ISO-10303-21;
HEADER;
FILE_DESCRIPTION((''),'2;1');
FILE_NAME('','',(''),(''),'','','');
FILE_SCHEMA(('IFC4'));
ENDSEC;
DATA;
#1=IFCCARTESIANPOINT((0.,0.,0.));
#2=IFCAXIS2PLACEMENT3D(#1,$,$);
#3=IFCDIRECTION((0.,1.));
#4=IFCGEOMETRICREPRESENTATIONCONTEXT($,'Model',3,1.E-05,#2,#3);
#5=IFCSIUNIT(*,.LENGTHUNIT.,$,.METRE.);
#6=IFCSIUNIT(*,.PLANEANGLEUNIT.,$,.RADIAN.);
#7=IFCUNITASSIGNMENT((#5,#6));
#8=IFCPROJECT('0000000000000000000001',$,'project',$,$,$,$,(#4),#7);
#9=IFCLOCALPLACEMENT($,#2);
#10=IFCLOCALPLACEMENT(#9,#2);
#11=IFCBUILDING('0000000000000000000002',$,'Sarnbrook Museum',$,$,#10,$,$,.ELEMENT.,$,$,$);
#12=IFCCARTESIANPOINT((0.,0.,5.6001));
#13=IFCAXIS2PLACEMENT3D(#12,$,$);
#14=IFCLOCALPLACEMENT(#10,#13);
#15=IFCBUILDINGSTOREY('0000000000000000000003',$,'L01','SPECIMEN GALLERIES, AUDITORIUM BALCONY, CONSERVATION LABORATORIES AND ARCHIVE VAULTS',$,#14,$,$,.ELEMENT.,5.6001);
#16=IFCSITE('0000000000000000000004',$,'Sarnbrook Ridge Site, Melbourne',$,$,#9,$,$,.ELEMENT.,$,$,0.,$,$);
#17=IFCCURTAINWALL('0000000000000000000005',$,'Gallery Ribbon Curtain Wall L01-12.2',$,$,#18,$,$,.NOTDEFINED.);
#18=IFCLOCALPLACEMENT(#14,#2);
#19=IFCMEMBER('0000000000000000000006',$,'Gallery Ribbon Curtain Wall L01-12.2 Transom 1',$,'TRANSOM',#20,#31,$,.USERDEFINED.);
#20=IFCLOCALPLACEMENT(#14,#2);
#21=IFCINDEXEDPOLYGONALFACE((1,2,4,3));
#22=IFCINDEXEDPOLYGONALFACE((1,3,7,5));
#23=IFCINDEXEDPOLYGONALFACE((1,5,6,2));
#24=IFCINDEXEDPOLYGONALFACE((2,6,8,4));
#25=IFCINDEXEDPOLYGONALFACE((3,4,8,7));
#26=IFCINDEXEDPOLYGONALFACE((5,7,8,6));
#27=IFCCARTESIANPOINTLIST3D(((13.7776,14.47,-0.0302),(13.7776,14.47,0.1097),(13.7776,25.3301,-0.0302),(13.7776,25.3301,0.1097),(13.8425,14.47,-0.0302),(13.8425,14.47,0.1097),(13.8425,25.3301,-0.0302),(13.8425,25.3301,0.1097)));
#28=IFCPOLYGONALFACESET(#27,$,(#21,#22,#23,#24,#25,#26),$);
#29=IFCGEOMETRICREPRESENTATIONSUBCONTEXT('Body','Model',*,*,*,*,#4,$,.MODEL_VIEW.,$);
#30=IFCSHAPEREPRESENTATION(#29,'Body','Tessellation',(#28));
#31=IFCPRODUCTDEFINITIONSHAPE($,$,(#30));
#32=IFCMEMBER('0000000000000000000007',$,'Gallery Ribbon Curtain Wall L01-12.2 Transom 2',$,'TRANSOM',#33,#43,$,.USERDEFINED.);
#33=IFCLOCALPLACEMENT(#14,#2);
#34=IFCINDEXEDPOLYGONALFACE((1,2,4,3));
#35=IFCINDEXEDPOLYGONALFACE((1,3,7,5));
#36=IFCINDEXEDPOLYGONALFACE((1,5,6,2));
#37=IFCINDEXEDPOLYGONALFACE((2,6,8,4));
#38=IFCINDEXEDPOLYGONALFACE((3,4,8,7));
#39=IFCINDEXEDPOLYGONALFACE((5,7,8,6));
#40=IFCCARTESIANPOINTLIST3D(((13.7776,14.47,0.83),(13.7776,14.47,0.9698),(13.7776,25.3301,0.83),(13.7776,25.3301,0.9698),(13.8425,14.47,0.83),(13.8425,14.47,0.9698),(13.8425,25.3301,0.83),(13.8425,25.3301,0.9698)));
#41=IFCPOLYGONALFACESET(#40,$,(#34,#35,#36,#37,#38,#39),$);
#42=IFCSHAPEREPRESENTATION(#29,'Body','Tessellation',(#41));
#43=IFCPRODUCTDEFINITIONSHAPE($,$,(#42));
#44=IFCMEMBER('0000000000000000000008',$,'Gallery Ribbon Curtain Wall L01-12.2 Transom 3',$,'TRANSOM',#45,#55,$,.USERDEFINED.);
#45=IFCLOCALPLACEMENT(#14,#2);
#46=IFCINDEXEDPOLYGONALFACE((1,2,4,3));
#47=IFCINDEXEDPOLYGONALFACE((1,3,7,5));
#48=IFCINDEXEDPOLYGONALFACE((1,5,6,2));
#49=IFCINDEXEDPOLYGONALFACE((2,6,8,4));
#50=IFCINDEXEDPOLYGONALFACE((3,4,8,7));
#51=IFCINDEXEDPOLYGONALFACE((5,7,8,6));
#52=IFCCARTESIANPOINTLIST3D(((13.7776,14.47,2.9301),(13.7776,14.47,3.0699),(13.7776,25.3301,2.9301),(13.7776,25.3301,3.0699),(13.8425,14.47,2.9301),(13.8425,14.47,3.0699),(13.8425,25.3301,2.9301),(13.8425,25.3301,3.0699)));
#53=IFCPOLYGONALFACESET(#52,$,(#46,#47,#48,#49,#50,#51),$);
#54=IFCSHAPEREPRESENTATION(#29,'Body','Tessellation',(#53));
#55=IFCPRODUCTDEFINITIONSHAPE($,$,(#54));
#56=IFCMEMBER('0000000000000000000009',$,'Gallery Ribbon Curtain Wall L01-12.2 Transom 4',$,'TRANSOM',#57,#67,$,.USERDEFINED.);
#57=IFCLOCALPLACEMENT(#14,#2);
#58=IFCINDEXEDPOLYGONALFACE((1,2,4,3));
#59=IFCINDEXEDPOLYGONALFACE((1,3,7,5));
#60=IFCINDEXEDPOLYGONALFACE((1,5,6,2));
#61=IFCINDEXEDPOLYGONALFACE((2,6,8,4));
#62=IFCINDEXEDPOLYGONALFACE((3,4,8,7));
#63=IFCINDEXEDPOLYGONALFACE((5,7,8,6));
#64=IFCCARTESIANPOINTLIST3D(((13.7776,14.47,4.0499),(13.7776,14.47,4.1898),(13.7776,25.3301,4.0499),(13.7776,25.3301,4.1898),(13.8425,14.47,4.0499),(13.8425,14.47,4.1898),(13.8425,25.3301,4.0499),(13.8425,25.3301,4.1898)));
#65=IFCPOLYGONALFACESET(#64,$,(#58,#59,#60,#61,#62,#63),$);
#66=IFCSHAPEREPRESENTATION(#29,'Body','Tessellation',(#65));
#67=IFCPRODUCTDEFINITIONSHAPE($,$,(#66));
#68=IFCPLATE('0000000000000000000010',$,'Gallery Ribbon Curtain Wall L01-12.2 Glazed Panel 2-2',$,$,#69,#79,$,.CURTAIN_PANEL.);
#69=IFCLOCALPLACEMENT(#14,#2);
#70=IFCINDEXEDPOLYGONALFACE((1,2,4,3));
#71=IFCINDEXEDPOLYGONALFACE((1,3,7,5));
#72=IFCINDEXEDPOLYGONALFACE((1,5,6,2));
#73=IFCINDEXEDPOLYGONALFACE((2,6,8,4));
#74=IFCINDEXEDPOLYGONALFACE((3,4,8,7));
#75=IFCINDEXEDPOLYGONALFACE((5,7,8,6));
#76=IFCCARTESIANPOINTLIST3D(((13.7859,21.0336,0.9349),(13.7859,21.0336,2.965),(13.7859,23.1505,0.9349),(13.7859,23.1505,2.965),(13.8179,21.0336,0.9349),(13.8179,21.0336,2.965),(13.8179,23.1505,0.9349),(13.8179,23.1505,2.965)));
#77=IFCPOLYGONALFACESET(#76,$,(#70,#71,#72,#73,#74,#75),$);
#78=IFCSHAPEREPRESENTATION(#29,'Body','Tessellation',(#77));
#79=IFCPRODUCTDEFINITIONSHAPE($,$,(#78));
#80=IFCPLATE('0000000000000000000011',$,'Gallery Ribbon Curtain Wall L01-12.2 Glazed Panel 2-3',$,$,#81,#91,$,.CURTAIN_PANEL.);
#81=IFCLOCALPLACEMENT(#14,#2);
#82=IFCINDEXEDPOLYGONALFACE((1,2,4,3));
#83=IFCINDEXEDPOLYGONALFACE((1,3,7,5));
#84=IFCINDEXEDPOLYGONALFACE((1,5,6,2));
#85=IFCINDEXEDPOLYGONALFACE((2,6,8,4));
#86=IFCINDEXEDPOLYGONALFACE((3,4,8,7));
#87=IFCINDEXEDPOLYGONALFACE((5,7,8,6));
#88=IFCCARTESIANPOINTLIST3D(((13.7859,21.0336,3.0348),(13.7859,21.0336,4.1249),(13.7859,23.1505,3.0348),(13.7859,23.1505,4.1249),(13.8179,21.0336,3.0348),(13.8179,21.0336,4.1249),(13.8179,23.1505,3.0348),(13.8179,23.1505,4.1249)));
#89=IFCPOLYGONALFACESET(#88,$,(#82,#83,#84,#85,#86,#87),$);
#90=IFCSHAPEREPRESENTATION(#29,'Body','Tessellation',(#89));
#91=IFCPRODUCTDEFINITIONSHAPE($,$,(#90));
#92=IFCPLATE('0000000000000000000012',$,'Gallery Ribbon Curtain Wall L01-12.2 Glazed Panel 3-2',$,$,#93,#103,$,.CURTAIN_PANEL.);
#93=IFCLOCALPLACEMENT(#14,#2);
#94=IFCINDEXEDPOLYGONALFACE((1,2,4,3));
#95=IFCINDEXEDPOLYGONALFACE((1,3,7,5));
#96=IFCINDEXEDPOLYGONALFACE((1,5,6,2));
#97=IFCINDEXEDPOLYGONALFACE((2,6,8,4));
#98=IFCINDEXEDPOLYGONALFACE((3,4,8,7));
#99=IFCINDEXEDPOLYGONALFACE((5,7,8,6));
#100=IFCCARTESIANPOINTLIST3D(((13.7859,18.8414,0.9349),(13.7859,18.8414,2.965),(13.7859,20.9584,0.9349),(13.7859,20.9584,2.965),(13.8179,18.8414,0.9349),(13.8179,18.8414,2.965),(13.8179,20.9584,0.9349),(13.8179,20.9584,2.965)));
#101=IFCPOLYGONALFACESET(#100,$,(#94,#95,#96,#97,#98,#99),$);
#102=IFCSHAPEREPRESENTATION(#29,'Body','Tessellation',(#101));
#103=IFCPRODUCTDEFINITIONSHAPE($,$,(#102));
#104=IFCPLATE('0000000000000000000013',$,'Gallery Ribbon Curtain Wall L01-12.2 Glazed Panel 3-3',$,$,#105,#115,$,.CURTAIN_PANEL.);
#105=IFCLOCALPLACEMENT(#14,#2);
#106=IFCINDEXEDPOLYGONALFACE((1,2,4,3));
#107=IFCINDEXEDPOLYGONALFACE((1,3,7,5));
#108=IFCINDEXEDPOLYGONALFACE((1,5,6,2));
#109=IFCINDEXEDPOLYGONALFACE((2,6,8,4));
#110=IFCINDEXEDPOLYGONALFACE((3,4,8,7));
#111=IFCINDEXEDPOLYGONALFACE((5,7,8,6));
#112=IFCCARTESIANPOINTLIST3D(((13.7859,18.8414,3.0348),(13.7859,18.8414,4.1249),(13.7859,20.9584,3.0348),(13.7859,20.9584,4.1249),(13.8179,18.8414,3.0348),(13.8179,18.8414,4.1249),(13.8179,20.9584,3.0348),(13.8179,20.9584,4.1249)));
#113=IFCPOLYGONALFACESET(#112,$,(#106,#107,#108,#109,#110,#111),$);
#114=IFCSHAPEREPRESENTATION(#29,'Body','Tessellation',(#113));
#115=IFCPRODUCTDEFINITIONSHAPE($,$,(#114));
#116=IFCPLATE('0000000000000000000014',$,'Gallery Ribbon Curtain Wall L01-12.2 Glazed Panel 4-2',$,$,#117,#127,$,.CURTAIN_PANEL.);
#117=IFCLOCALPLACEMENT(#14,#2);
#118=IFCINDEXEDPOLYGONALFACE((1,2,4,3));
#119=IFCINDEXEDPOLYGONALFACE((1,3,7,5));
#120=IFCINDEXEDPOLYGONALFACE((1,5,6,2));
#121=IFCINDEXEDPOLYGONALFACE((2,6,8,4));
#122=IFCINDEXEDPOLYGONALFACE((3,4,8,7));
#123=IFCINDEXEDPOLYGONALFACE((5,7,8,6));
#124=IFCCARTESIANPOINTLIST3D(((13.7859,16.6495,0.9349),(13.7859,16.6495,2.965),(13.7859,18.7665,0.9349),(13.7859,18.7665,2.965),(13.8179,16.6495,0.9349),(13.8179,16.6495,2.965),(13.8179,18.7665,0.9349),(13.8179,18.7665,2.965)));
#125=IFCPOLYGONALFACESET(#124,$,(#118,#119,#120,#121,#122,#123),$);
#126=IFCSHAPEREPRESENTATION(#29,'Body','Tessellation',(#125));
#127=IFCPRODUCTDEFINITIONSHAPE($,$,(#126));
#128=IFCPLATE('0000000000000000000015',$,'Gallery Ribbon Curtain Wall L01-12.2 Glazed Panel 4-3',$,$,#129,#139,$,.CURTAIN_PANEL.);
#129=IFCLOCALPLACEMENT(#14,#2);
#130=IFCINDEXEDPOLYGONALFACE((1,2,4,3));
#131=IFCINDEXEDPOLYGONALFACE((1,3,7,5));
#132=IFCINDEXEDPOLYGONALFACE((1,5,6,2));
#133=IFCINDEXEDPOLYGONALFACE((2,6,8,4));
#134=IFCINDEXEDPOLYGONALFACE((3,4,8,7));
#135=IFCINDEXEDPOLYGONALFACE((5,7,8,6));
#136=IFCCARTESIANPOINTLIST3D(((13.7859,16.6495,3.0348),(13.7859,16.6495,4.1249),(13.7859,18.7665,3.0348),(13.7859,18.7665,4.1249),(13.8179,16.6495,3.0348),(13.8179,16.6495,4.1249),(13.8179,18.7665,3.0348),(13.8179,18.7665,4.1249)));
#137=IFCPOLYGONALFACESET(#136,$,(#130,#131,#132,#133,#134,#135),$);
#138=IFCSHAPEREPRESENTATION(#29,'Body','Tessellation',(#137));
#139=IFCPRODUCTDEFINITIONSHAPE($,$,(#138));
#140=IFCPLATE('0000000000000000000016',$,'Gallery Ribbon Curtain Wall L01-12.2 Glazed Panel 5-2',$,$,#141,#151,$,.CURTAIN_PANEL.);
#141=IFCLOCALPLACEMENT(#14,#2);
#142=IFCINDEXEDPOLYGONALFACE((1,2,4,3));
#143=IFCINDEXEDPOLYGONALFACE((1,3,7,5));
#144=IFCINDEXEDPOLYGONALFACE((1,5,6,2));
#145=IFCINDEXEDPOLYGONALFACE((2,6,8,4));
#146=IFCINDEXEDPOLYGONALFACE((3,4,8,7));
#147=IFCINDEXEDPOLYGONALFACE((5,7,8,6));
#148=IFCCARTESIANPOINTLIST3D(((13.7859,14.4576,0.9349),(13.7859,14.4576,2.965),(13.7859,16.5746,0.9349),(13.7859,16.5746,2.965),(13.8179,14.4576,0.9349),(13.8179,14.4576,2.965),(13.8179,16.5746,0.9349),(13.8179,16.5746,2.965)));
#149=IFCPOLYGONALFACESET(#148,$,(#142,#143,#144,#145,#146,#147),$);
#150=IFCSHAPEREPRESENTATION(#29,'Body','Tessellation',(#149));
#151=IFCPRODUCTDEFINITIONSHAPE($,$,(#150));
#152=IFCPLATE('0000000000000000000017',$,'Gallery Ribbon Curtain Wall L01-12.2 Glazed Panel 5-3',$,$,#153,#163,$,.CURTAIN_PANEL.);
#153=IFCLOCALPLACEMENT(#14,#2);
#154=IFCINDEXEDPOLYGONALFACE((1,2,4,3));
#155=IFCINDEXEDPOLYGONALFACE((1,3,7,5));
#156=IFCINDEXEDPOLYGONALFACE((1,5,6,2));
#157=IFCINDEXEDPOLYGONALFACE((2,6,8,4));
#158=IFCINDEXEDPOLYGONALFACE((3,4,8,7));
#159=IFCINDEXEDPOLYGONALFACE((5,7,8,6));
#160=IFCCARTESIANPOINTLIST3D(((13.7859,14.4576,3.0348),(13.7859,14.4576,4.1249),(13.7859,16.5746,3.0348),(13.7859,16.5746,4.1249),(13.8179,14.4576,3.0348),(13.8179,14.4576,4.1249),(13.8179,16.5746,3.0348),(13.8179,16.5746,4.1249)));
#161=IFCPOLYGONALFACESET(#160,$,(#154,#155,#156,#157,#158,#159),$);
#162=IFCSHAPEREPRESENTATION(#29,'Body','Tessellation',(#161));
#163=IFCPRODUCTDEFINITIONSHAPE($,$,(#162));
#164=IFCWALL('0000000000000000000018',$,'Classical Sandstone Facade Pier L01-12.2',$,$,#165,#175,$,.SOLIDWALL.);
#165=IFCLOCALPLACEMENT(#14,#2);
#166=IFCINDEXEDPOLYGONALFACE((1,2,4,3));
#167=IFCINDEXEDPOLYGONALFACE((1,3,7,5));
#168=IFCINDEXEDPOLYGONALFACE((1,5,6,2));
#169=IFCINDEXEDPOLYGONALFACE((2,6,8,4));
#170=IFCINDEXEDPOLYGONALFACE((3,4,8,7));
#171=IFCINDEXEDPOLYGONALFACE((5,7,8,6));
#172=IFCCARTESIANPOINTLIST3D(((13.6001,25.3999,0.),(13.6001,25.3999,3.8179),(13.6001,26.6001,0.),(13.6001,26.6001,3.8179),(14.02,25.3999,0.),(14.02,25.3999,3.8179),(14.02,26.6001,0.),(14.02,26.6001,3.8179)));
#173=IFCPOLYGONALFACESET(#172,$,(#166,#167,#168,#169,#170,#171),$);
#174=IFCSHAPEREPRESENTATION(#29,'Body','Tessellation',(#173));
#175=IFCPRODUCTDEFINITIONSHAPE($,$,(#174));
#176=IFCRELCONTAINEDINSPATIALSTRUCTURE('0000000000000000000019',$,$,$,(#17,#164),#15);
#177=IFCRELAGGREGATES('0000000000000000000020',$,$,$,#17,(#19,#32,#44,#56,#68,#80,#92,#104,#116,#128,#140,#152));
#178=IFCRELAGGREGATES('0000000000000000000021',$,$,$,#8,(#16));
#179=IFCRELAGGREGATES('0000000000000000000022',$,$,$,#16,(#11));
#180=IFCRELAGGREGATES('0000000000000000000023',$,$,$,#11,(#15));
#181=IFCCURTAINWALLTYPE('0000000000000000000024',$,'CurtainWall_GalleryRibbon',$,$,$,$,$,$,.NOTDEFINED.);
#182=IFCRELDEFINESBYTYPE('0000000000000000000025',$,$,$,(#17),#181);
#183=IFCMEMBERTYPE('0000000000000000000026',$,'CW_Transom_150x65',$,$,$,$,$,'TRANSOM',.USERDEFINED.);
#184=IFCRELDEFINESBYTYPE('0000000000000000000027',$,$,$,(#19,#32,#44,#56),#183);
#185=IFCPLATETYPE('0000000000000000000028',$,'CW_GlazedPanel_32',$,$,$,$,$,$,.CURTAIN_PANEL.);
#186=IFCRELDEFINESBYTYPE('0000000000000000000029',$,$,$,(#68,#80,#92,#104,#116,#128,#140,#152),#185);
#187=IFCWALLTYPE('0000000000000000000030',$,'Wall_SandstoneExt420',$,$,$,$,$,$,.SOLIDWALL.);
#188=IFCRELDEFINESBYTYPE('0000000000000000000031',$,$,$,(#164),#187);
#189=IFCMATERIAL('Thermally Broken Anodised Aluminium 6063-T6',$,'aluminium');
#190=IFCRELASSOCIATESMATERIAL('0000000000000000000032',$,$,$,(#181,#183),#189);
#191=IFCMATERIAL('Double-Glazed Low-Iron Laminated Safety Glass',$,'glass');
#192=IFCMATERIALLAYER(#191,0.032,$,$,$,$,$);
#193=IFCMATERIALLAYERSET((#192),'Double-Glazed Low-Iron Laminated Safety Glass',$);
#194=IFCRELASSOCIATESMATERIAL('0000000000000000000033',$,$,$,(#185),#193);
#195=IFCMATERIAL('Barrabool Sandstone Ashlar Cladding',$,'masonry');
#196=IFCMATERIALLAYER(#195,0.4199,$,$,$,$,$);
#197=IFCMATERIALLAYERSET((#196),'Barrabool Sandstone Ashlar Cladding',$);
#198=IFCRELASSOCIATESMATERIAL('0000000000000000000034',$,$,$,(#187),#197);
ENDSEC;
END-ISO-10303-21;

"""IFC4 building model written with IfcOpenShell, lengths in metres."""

from ifc_helpers import new_model, si_unit, direction, frame, frame_2d, origin, origin_2d, place, context, subcontext, project, spatial, rectangle, extrude, material, layer, layer_set, material_profile, profile_set, type_object, element, aggregate, save


model = new_model("IFC4")

# Units and contexts
model_context = context("Model", 3, precision=1e-05, world=origin(), true_north=direction((0.0, 1.0)))
body_context = subcontext(model_context, "Body", "Model", "MODEL_VIEW")
ifc_project = project(units=[si_unit("LENGTHUNIT", "METRE"), si_unit("PLANEANGLEUNIT", "RADIAN")], contexts=[model_context])

# Site, building, storey
site_placement = place(None, origin())
site = spatial("IfcSite", under=ifc_project, at=site_placement, Name="Sarnbrook Ridge Site, Melbourne", CompositionType="ELEMENT", RefElevation=0.0)
building_placement = place(site_placement, origin())
building = spatial("IfcBuilding", under=site, at=building_placement, Name="Sarnbrook Museum", CompositionType="ELEMENT")
storey_placement = place(building_placement, frame((0.0, 0.0, 5.6001)))
storey = spatial("IfcBuildingStorey", under=building, at=storey_placement, Name="L01", Description="SPECIMEN GALLERIES, AUDITORIUM BALCONY, CONSERVATION LABORATORIES AND ARCHIVE VAULTS", CompositionType="ELEMENT", Elevation=5.6001)

# Shared definitions
ifc_material_1 = material(Name="Thermally Broken Anodised Aluminium 6063-T6", Category="aluminium")
curtain_wall_type = type_object("IfcCurtainWallType", Name="CurtainWall_GalleryRibbon", PredefinedType="NOTDEFINED", material=ifc_material_1)

# Curtain wall, members, plates
curtain_wall_1_placement = place(storey_placement, origin())
curtain_wall_1 = element("IfcCurtainWall", 1, at=curtain_wall_1_placement, inside=storey, type_object=curtain_wall_type, Name="Gallery Ribbon Curtain Wall L01-12.2", PredefinedType="NOTDEFINED")
ifc_material_profile_1 = material_profile(ifc_material_1, rectangle(XDim=0.0649, YDim=0.1399, at=origin_2d()), Name="ALU TRANSOM 65x140")
ifc_profile_set_1 = profile_set([ifc_material_profile_1], Name="Thermally Broken Anodised Aluminium 6063-T6")
member_type_1 = type_object("IfcMemberType", Name="CW_Transom_150x65", ElementType="TRANSOM", PredefinedType="USERDEFINED", material=ifc_profile_set_1)
member_1_placement = place(storey_placement, frame((13.8101, 25.3301, 0.0398), z_axis=(0.0, -1.0, 0.0), x_axis=(1.0, 0.0, 0.0)))
member_1 = element("IfcMember", 2, at=member_1_placement, type_object=member_type_1, Name="Gallery Ribbon Curtain Wall L01-12.2 Transom 1", ObjectType="TRANSOM", PredefinedType="USERDEFINED", context=body_context, shape_type="SweptSolid", body=[
    extrude(rectangle(XDim=0.0649, YDim=0.1399, at=origin_2d()), origin(), (0.0, 0.0, 1.0), 10.8601),
])
member_2_placement = place(storey_placement, frame((13.8101, 25.3301, 0.8999), z_axis=(0.0, -1.0, 0.0), x_axis=(1.0, 0.0, 0.0)))
member_2 = element("IfcMember", 3, at=member_2_placement, type_object=member_type_1, Name="Gallery Ribbon Curtain Wall L01-12.2 Transom 2", ObjectType="TRANSOM", PredefinedType="USERDEFINED", context=body_context, shape_type="SweptSolid", body=[
    extrude(rectangle(XDim=0.0649, YDim=0.1399, at=origin_2d()), origin(), (0.0, 0.0, 1.0), 10.8601),
])
member_3_placement = place(storey_placement, frame((13.8101, 25.3301, 3.0), z_axis=(0.0, -1.0, 0.0), x_axis=(1.0, 0.0, 0.0)))
member_3 = element("IfcMember", 4, at=member_3_placement, type_object=member_type_1, Name="Gallery Ribbon Curtain Wall L01-12.2 Transom 3", ObjectType="TRANSOM", PredefinedType="USERDEFINED", context=body_context, shape_type="SweptSolid", body=[
    extrude(rectangle(XDim=0.0649, YDim=0.1399, at=origin_2d()), origin(), (0.0, 0.0, 1.0), 10.8601),
])
member_4_placement = place(storey_placement, frame((13.8101, 25.3301, 4.1199), z_axis=(0.0, -1.0, 0.0), x_axis=(1.0, 0.0, 0.0)))
member_4 = element("IfcMember", 5, at=member_4_placement, type_object=member_type_1, Name="Gallery Ribbon Curtain Wall L01-12.2 Transom 4", ObjectType="TRANSOM", PredefinedType="USERDEFINED", context=body_context, shape_type="SweptSolid", body=[
    extrude(rectangle(XDim=0.0649, YDim=0.1399, at=origin_2d()), origin(), (0.0, 0.0, 1.0), 10.8601),
])
ifc_material_2 = material(Name="Double-Glazed Low-Iron Laminated Safety Glass", Category="glass")
ifc_layer_1 = layer(ifc_material_2, 0.032)
ifc_layer_set_1 = layer_set([ifc_layer_1], Name="Double-Glazed Low-Iron Laminated Safety Glass")
plate_type = type_object("IfcPlateType", Name="CW_GlazedPanel_32", PredefinedType="CURTAIN_PANEL", material=ifc_layer_set_1)
plate_1_placement = place(storey_placement, frame((13.8179, 22.092, 1.95), z_axis=(-1.0, 0.0, 0.0), x_axis=(0.0, -1.0, 0.0)))
plate_1 = element("IfcPlate", 6, at=plate_1_placement, type_object=plate_type, Name="Gallery Ribbon Curtain Wall L01-12.2 Glazed Panel 2-2", PredefinedType="CURTAIN_PANEL", context=body_context, shape_type="SweptSolid", body=[
    extrude(rectangle(XDim=2.1169, YDim=2.03, at=origin_2d()), origin(), (0.0, 0.0, 1.0), 0.032),
])
plate_2_placement = place(storey_placement, frame((13.8179, 22.092, 3.5798), z_axis=(-1.0, 0.0, 0.0), x_axis=(0.0, -1.0, 0.0)))
plate_2 = element("IfcPlate", 7, at=plate_2_placement, type_object=plate_type, Name="Gallery Ribbon Curtain Wall L01-12.2 Glazed Panel 2-3", PredefinedType="CURTAIN_PANEL", context=body_context, shape_type="SweptSolid", body=[
    extrude(rectangle(XDim=2.1169, YDim=1.0901, at=origin_2d()), origin(), (0.0, 0.0, 1.0), 0.032),
])
plate_3_placement = place(storey_placement, frame((13.8179, 19.8999, 1.95), z_axis=(-1.0, 0.0, 0.0), x_axis=(0.0, -1.0, 0.0)))
plate_3 = element("IfcPlate", 8, at=plate_3_placement, type_object=plate_type, Name="Gallery Ribbon Curtain Wall L01-12.2 Glazed Panel 3-2", PredefinedType="CURTAIN_PANEL", context=body_context, shape_type="SweptSolid", body=[
    extrude(rectangle(XDim=2.1169, YDim=2.03, at=origin_2d()), origin(), (0.0, 0.0, 1.0), 0.032),
])
plate_4_placement = place(storey_placement, frame((13.8179, 19.8999, 3.5798), z_axis=(-1.0, 0.0, 0.0), x_axis=(0.0, -1.0, 0.0)))
plate_4 = element("IfcPlate", 9, at=plate_4_placement, type_object=plate_type, Name="Gallery Ribbon Curtain Wall L01-12.2 Glazed Panel 3-3", PredefinedType="CURTAIN_PANEL", context=body_context, shape_type="SweptSolid", body=[
    extrude(rectangle(XDim=2.1169, YDim=1.0901, at=origin_2d()), origin(), (0.0, 0.0, 1.0), 0.032),
])
plate_5_placement = place(storey_placement, frame((13.8179, 17.708, 1.95), z_axis=(-1.0, 0.0, 0.0), x_axis=(0.0, -1.0, 0.0)))
plate_5 = element("IfcPlate", 10, at=plate_5_placement, type_object=plate_type, Name="Gallery Ribbon Curtain Wall L01-12.2 Glazed Panel 4-2", PredefinedType="CURTAIN_PANEL", context=body_context, shape_type="SweptSolid", body=[
    extrude(rectangle(XDim=2.1169, YDim=2.03, at=origin_2d()), origin(), (0.0, 0.0, 1.0), 0.032),
])
plate_6_placement = place(storey_placement, frame((13.8179, 17.708, 3.5798), z_axis=(-1.0, 0.0, 0.0), x_axis=(0.0, -1.0, 0.0)))
plate_6 = element("IfcPlate", 11, at=plate_6_placement, type_object=plate_type, Name="Gallery Ribbon Curtain Wall L01-12.2 Glazed Panel 4-3", PredefinedType="CURTAIN_PANEL", context=body_context, shape_type="SweptSolid", body=[
    extrude(rectangle(XDim=2.1169, YDim=1.0901, at=origin_2d()), origin(), (0.0, 0.0, 1.0), 0.032),
])
plate_7_placement = place(storey_placement, frame((13.8179, 15.5161, 1.95), z_axis=(-1.0, 0.0, 0.0), x_axis=(0.0, -1.0, 0.0)))
plate_7 = element("IfcPlate", 12, at=plate_7_placement, type_object=plate_type, Name="Gallery Ribbon Curtain Wall L01-12.2 Glazed Panel 5-2", PredefinedType="CURTAIN_PANEL", context=body_context, shape_type="SweptSolid", body=[
    extrude(rectangle(XDim=2.1169, YDim=2.03, at=origin_2d()), origin(), (0.0, 0.0, 1.0), 0.032),
])
plate_8_placement = place(storey_placement, frame((13.8179, 15.5161, 3.5798), z_axis=(-1.0, 0.0, 0.0), x_axis=(0.0, -1.0, 0.0)))
plate_8 = element("IfcPlate", 13, at=plate_8_placement, type_object=plate_type, Name="Gallery Ribbon Curtain Wall L01-12.2 Glazed Panel 5-3", PredefinedType="CURTAIN_PANEL", context=body_context, shape_type="SweptSolid", body=[
    extrude(rectangle(XDim=2.1169, YDim=1.0901, at=origin_2d()), origin(), (0.0, 0.0, 1.0), 0.032),
])
aggregate(curtain_wall_1, [member_1, member_2, member_3, member_4, plate_1, plate_2, plate_3, plate_4, plate_5, plate_6, plate_7, plate_8])

# Wall
ifc_material_3 = material(Name="Barrabool Sandstone Ashlar Cladding", Category="masonry")
ifc_layer_2 = layer(ifc_material_3, 0.4199)
ifc_layer_set_2 = layer_set([ifc_layer_2], Name="Barrabool Sandstone Ashlar Cladding")
wall_type = type_object("IfcWallType", Name="Wall_SandstoneExt420", PredefinedType="SOLIDWALL", material=ifc_layer_set_2)
wall_placement = place(storey_placement, frame((13.8101, 26.6001, 0.0), z_axis=(0.0, 0.0, 1.0), x_axis=(0.0, -1.0, 0.0)))
element("IfcWall", 14, at=wall_placement, inside=storey, type_object=wall_type, Name="Classical Sandstone Facade Pier L01-12.2", PredefinedType="SOLIDWALL", context=body_context, shape_type="SweptSolid", body=[
    extrude(rectangle(XDim=1.2002, YDim=0.4199, at=frame_2d((0.6001, 0.0))), origin(), (0.0, 0.0, 1.0), 3.8179),
])

save(model, "model.ifc")
